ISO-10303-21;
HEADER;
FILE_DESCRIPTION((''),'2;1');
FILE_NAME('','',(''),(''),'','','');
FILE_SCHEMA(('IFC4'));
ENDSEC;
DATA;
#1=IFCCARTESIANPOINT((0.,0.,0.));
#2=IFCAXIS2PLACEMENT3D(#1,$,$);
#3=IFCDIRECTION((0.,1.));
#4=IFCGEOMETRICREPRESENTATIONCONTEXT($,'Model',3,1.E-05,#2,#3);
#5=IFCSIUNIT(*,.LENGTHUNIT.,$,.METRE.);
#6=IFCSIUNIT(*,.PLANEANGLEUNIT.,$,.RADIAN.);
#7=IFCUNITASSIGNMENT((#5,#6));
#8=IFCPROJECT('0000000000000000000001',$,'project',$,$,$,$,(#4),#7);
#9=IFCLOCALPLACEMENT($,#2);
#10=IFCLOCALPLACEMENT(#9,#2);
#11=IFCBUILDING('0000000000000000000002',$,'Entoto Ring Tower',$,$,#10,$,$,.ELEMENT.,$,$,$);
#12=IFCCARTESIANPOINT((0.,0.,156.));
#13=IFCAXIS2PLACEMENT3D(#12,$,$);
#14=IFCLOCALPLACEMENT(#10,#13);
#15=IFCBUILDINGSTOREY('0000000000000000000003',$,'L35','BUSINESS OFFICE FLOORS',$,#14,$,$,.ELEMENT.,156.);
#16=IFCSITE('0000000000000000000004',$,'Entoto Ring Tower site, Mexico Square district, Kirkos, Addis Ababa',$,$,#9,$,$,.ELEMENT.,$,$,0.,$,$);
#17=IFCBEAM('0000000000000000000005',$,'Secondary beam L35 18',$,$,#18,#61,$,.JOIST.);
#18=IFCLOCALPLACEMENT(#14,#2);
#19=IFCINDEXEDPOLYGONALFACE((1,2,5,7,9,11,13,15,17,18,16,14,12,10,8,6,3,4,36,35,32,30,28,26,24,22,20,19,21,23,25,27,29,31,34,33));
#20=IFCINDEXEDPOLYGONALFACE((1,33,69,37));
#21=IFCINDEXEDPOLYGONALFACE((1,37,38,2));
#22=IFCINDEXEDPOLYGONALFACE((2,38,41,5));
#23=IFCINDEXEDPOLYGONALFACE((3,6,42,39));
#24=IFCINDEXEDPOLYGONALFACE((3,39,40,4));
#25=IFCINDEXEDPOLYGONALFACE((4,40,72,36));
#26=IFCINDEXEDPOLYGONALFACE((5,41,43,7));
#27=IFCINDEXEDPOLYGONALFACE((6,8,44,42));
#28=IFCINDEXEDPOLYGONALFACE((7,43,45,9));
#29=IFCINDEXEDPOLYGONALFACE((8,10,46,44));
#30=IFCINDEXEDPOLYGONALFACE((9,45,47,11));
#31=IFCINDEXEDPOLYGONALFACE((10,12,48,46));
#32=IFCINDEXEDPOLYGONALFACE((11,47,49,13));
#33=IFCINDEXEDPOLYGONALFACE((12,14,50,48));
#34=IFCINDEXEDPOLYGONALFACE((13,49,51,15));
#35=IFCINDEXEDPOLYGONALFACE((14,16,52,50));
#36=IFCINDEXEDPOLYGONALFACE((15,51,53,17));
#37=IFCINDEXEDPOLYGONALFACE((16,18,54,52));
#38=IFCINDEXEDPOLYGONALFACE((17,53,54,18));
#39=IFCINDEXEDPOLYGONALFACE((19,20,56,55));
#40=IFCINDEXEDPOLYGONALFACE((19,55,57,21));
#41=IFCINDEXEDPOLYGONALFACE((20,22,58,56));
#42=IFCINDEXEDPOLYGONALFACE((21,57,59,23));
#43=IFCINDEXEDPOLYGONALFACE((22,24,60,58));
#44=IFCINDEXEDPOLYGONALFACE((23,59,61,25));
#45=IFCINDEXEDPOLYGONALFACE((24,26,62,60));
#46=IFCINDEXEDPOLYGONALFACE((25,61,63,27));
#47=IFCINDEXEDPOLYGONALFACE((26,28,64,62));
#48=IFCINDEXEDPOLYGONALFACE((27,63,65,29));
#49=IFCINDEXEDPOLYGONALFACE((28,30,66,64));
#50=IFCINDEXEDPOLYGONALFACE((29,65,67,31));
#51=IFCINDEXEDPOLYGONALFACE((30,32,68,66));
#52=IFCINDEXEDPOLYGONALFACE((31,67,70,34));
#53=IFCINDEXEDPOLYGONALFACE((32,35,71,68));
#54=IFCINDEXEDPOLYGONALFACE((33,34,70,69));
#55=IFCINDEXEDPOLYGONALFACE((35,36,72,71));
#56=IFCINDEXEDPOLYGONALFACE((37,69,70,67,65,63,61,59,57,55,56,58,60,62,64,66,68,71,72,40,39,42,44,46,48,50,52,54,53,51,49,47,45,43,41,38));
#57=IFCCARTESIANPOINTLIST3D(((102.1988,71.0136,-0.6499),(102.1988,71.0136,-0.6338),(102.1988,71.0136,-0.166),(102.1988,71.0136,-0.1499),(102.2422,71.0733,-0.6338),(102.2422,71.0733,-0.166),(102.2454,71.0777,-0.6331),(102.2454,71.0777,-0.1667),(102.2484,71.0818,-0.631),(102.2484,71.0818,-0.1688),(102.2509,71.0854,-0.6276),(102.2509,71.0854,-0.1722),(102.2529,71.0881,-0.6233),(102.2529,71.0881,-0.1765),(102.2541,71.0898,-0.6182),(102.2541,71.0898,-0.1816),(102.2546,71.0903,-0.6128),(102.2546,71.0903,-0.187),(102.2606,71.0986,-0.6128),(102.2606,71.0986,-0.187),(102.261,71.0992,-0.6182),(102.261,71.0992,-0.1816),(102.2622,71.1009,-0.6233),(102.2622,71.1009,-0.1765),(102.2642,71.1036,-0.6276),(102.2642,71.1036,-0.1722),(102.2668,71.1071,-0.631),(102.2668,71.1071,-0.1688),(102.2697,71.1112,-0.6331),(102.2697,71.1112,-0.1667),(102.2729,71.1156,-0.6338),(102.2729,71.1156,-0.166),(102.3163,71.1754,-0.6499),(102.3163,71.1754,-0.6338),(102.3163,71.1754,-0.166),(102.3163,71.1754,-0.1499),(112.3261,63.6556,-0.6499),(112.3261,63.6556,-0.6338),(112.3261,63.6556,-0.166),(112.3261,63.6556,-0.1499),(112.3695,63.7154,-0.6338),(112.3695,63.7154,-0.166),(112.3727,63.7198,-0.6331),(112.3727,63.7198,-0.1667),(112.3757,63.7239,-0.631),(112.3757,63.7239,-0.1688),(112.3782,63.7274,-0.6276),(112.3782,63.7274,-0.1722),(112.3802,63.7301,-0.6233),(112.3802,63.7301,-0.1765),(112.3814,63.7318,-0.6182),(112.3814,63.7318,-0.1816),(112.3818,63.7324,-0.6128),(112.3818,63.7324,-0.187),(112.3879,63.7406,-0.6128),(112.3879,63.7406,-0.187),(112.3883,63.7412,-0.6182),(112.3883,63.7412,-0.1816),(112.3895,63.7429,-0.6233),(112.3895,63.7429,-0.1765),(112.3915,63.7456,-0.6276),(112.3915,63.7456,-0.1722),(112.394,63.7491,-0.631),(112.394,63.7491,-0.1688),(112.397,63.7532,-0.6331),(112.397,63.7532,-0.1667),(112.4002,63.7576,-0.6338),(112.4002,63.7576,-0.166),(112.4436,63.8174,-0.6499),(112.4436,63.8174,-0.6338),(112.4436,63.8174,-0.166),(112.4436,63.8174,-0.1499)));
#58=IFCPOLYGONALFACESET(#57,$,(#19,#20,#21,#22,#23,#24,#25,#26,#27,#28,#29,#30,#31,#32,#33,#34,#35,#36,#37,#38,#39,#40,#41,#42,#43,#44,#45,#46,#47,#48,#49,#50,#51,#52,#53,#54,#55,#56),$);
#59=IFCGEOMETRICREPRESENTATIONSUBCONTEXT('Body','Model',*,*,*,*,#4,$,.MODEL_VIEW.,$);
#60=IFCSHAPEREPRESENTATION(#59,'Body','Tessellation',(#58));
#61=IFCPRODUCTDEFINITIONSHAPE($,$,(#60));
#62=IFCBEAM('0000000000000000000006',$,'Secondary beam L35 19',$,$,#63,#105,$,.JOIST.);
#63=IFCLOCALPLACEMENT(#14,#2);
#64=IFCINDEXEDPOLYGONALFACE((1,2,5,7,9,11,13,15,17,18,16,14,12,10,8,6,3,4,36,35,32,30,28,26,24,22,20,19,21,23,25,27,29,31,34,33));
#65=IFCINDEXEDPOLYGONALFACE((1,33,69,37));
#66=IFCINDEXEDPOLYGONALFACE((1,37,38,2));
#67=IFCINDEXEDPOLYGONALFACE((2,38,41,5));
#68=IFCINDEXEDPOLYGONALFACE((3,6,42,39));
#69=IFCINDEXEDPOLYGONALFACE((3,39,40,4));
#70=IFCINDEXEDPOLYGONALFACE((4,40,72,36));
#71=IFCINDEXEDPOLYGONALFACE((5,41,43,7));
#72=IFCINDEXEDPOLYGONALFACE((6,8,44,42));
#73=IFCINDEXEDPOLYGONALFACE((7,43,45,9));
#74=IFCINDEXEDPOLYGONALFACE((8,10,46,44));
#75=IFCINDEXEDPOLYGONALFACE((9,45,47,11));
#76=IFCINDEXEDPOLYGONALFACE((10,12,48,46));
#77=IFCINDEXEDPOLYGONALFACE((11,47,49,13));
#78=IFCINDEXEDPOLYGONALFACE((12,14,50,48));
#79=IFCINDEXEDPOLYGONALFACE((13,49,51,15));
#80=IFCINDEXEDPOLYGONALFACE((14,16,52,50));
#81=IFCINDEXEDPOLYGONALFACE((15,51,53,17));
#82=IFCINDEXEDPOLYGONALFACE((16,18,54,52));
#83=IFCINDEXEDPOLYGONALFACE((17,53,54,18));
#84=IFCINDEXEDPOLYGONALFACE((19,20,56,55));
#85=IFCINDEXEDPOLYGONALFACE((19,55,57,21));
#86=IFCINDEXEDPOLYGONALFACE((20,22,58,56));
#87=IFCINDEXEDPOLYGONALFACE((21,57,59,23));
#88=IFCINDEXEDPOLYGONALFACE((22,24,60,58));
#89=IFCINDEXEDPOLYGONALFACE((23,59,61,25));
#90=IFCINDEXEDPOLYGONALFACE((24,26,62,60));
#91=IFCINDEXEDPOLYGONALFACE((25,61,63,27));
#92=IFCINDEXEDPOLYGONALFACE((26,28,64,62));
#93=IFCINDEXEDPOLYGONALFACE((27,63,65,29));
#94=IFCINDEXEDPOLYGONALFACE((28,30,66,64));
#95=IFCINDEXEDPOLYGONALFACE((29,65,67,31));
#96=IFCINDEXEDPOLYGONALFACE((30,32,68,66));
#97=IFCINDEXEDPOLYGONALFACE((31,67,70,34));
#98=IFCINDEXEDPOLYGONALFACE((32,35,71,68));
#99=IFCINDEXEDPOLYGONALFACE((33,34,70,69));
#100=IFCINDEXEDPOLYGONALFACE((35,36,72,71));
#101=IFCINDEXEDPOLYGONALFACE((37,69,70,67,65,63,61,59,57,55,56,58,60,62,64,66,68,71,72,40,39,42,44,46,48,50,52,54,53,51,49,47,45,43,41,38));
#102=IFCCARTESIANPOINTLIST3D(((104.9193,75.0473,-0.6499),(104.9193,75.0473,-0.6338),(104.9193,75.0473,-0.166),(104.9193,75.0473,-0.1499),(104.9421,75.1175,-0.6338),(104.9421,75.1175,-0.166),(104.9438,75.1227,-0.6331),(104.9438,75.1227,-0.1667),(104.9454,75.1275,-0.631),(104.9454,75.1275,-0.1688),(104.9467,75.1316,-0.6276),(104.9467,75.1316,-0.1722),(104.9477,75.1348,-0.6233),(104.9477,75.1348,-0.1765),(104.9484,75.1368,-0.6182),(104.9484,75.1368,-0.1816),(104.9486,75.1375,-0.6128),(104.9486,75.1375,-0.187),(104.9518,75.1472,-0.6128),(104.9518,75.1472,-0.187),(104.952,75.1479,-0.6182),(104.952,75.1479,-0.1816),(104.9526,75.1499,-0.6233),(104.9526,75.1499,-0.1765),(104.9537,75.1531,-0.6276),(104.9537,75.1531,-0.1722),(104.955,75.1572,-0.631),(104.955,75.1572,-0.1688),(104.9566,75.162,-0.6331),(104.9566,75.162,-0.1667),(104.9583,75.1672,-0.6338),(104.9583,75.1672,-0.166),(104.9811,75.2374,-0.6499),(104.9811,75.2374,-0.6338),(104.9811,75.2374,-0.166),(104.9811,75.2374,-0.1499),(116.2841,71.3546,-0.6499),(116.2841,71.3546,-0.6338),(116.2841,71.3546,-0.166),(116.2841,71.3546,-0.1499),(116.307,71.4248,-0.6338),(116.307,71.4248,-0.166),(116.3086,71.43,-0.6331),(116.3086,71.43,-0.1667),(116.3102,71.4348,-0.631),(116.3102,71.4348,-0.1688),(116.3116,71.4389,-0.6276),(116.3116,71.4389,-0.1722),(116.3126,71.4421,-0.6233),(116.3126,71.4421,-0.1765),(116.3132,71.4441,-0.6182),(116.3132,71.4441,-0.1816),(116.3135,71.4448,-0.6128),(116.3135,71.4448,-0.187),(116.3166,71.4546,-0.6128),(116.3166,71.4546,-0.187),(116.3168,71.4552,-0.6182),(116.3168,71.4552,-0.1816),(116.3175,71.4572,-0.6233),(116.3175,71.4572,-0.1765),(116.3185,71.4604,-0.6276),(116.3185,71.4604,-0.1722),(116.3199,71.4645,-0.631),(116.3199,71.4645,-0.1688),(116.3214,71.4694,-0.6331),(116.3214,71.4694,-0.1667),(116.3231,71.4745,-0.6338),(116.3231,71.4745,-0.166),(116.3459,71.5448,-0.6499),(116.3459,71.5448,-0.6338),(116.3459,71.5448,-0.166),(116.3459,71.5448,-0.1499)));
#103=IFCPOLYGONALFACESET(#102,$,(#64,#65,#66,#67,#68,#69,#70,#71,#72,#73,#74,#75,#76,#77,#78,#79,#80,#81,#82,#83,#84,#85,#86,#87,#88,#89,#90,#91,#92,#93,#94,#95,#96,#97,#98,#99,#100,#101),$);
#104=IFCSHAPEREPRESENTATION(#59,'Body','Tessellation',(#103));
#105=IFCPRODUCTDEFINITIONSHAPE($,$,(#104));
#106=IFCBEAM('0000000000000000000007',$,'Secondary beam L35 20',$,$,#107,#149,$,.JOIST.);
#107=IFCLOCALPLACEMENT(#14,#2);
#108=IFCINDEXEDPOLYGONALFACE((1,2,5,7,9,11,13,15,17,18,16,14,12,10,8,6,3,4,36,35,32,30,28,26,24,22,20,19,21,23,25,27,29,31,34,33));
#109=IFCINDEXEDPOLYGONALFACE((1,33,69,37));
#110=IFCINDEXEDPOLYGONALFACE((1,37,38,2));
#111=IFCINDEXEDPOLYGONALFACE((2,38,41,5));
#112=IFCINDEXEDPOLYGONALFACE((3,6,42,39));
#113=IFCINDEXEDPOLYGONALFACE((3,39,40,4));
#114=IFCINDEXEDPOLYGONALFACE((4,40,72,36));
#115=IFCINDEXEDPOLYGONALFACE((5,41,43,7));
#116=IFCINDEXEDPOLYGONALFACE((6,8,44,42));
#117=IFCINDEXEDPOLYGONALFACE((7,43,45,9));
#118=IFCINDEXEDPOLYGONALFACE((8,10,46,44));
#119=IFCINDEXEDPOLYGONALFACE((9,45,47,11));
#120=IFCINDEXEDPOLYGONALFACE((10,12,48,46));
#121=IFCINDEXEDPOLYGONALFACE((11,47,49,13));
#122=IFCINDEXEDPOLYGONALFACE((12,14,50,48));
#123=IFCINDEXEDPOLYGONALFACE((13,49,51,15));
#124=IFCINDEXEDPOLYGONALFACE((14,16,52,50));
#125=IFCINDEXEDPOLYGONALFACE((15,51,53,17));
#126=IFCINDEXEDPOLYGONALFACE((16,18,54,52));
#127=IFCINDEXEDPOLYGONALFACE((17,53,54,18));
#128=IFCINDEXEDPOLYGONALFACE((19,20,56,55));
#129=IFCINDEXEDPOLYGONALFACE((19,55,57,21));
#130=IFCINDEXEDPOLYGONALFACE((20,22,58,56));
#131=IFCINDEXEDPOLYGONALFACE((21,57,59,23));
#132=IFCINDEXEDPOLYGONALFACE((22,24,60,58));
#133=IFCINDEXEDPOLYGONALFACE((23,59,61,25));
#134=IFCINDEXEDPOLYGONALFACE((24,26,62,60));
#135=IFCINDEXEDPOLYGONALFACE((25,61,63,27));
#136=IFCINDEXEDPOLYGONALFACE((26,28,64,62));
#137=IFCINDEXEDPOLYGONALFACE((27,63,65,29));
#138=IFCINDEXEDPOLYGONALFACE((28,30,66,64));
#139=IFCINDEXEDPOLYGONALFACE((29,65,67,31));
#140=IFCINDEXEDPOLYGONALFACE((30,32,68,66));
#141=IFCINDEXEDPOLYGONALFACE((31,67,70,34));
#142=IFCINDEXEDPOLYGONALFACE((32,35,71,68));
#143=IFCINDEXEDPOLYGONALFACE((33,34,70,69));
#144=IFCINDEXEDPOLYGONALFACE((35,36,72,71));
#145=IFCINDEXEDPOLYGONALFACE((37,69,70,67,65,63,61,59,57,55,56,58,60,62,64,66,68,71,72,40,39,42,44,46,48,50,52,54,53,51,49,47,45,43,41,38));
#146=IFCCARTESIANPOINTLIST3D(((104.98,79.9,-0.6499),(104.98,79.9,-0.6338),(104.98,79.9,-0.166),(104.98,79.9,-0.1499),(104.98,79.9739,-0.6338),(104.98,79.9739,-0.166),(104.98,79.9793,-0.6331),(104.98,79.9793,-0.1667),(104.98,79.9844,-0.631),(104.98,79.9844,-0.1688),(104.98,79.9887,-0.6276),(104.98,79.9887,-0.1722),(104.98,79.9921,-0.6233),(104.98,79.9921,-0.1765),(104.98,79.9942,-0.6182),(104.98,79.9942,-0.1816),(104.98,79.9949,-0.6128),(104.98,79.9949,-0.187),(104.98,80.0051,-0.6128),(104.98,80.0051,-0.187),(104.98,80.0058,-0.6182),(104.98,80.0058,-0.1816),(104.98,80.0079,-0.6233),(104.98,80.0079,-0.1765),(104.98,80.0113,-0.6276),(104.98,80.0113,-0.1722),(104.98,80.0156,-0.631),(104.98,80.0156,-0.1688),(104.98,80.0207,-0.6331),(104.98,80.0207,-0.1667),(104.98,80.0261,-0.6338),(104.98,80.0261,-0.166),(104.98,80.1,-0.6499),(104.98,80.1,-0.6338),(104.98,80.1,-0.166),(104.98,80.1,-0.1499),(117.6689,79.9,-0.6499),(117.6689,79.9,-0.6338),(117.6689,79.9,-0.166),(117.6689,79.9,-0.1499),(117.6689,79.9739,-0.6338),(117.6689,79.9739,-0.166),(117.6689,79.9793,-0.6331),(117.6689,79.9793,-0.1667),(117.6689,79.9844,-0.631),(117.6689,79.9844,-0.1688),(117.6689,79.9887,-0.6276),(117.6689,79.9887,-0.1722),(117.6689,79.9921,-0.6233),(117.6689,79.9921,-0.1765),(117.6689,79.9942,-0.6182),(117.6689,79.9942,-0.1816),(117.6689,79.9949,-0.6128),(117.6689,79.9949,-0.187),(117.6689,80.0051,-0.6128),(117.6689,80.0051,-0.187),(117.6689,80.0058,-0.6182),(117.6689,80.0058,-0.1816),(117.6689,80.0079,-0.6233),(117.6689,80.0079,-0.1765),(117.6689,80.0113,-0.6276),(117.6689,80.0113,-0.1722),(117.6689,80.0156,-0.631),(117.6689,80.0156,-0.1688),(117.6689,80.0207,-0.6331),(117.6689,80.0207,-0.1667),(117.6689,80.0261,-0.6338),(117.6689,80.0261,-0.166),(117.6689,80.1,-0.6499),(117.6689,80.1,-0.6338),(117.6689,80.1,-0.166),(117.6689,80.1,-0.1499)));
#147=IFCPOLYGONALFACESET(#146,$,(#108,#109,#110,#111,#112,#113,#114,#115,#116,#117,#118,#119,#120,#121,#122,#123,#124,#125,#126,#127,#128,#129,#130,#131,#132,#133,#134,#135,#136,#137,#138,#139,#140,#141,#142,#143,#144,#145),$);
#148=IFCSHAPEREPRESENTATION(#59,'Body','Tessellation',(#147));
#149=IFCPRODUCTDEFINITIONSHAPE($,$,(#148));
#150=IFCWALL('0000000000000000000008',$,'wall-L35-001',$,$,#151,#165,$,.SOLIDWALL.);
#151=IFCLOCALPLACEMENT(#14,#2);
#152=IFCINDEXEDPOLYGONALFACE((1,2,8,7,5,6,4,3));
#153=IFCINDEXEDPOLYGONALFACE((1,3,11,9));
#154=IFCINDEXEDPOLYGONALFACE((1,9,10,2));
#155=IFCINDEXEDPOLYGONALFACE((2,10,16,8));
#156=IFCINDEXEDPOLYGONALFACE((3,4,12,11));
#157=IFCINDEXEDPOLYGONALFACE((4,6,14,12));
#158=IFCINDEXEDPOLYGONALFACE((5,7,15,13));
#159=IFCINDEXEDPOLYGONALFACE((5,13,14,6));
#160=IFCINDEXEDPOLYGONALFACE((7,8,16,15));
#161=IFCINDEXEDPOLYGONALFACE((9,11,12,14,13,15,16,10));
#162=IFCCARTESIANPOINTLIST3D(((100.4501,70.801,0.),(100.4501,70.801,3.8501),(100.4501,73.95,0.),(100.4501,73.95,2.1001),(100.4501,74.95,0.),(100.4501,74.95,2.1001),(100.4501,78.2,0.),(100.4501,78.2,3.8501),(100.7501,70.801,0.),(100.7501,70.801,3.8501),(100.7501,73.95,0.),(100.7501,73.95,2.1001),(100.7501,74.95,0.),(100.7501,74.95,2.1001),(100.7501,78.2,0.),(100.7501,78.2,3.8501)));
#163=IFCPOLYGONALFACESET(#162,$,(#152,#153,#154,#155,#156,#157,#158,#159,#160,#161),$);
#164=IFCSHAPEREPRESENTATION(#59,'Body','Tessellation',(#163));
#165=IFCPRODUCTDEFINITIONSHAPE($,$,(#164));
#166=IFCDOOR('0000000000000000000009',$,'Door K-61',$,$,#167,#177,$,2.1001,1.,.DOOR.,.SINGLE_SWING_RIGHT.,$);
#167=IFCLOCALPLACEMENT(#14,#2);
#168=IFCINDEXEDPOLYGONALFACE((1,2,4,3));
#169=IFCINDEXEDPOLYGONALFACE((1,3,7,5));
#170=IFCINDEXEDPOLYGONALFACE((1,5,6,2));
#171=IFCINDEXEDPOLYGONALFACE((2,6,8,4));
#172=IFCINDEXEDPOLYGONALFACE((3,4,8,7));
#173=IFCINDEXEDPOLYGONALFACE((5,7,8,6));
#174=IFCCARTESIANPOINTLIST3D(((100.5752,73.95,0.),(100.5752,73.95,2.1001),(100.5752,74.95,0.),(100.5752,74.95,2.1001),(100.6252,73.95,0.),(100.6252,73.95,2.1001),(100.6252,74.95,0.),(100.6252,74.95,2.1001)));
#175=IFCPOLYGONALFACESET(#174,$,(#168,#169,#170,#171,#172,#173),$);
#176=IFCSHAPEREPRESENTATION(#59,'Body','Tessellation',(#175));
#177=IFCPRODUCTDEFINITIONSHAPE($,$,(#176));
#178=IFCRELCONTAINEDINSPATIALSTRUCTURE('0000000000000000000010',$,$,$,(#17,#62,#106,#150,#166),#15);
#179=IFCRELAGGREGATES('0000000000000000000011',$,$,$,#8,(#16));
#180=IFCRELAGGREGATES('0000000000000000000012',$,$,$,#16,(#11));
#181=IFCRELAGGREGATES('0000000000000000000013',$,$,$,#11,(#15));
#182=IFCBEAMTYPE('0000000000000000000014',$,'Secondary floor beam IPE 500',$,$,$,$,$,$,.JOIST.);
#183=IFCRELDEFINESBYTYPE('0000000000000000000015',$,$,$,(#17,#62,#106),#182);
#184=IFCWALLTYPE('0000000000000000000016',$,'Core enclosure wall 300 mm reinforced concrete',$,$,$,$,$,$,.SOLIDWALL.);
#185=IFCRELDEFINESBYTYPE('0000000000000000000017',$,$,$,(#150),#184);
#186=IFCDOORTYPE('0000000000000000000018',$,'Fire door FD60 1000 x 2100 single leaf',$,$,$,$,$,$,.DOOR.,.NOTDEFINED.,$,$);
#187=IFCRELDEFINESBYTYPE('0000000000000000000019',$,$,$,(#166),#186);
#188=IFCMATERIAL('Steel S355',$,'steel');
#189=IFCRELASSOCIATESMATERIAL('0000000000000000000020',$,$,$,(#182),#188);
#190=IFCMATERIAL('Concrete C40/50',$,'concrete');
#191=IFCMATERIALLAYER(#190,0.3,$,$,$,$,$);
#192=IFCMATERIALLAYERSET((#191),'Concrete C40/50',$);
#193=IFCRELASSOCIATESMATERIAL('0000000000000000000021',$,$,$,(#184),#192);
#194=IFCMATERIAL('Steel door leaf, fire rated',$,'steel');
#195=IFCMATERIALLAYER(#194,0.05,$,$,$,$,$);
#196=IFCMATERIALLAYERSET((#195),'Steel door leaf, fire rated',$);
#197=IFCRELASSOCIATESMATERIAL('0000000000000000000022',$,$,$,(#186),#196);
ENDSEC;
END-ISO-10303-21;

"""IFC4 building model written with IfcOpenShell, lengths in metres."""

from ifc_helpers import new_model, si_unit, direction, frame, frame_2d, origin, origin_2d, place, context, subcontext, project, spatial, rectangle, i_section, extrude, material, layer, layer_set, material_profile, profile_set, type_object, element, fill, save


model = new_model("IFC4")

# Units and contexts
model_context = context("Model", 3, precision=1e-05, world=origin(), true_north=direction((0.0, 1.0)))
body_context = subcontext(model_context, "Body", "Model", "MODEL_VIEW")
ifc_project = project(units=[si_unit("LENGTHUNIT", "METRE"), si_unit("PLANEANGLEUNIT", "RADIAN")], contexts=[model_context])

# Site, building, storey
site_placement = place(None, origin())
site = spatial("IfcSite", under=ifc_project, at=site_placement, Name="Entoto Ring Tower site, Mexico Square district, Kirkos, Addis Ababa", CompositionType="ELEMENT", RefElevation=0.0)
building_placement = place(site_placement, origin())
building = spatial("IfcBuilding", under=site, at=building_placement, Name="Entoto Ring Tower", CompositionType="ELEMENT")
storey_placement = place(building_placement, frame((0.0, 0.0, 156.0)))
storey = spatial("IfcBuildingStorey", under=building, at=storey_placement, Name="L35", Description="BUSINESS OFFICE FLOORS", CompositionType="ELEMENT", Elevation=156.0)

# Beams
ifc_material_1 = material(Name="Steel S355", Category="steel")
ifc_material_profile_1 = material_profile(ifc_material_1, i_section(OverallWidth=0.2, OverallDepth=0.5, WebThickness=0.0103, FlangeThickness=0.0161, FilletRadius=0.021, at=origin_2d()), Name="IPE 500")
ifc_profile_set_1 = profile_set([ifc_material_profile_1], Name="Steel S355")
beam_type_1 = type_object("IfcBeamType", Name="Secondary floor beam IPE 500", PredefinedType="JOIST", material=ifc_profile_set_1)
for number, where, z_axis, x_axis, name in (
    (1, (102.2576, 71.0945, -0.3999), (0.809014, -0.587789, 0.0), (0.587789, 0.809014, 0.0), "Secondary beam L35 18"),
):
    element("IfcBeam", number, at=place(storey_placement, frame(where, z_axis=z_axis, x_axis=x_axis)), inside=storey, type_object=beam_type_1, Name=name, PredefinedType="JOIST", context=body_context, shape_type="SweptSolid", body=[
        extrude(i_section(OverallWidth=0.2, OverallDepth=0.5, WebThickness=0.0103, FlangeThickness=0.0161, FilletRadius=0.021, at=origin_2d()), origin(), (0.0, 0.0, 1.0), 12.5181),
    ])
beam_1_placement = place(storey_placement, frame((104.9502, 75.1423, -0.3999), z_axis=(0.951057, -0.309017, 0.0), x_axis=(0.309017, 0.951057, 0.0)))
element("IfcBeam", 2, at=beam_1_placement, inside=storey, type_object=beam_type_1, Name="Secondary beam L35 19", PredefinedType="JOIST", context=body_context, shape_type="SweptSolid", body=[
    extrude(i_section(OverallWidth=0.2, OverallDepth=0.5, WebThickness=0.0103, FlangeThickness=0.0161, FilletRadius=0.021, at=origin_2d()), origin(), (0.0, 0.0, 1.0), 11.9497),
])
beam_2_placement = place(storey_placement, frame((104.98, 80.0, -0.3999), z_axis=(1.0, 0.0, 0.0), x_axis=(0.0, 1.0, 0.0)))
element("IfcBeam", 3, at=beam_2_placement, inside=storey, type_object=beam_type_1, Name="Secondary beam L35 20", PredefinedType="JOIST", context=body_context, shape_type="SweptSolid", body=[
    extrude(i_section(OverallWidth=0.2, OverallDepth=0.5, WebThickness=0.0103, FlangeThickness=0.0161, FilletRadius=0.021, at=origin_2d()), origin(), (0.0, 0.0, 1.0), 12.689),
])

# Wall, opening, door
ifc_material_2 = material(Name="Concrete C40/50", Category="concrete")
ifc_layer_1 = layer(ifc_material_2, 0.3)
ifc_layer_set_1 = layer_set([ifc_layer_1], Name="Concrete C40/50")
wall_type_1 = type_object("IfcWallType", Name="Core enclosure wall 300 mm reinforced concrete", PredefinedType="SOLIDWALL", material=ifc_layer_set_1)
wall_1_placement = place(storey_placement, frame((100.6001, 70.801, 0.0), z_axis=(0.0, 0.0, 1.0), x_axis=(0.0, 1.0, 0.0)))
wall_1 = element("IfcWall", 4, at=wall_1_placement, inside=storey, type_object=wall_type_1, Name="wall-L35-001", PredefinedType="SOLIDWALL", context=body_context, shape_type="SweptSolid", body=[
    extrude(rectangle(XDim=7.3989, YDim=0.3, at=frame_2d((3.6995, 0.0))), origin(), (0.0, 0.0, 1.0), 3.8501),
])
opening_1_placement = place(wall_1_placement, frame((3.1489, 0.0, 0.0)))
opening_1 = element("IfcOpeningElement", 5, at=opening_1_placement, cuts=wall_1, PredefinedType="OPENING", context=body_context, shape_type="SweptSolid", body=[
    extrude(rectangle(XDim=1.0, YDim=2.1001, at=frame_2d((0.5, 1.05))), frame((0.0, 0.1602, 0.0), z_axis=(0.0, -1.0, 0.0), x_axis=(1.0, 0.0, 0.0)), (0.0, 0.0, 1.0), 0.3201),
])
ifc_material_3 = material(Name="Steel door leaf, fire rated", Category="steel")
ifc_layer_2 = layer(ifc_material_3, 0.05)
ifc_layer_set_2 = layer_set([ifc_layer_2], Name="Steel door leaf, fire rated")
door_type_1 = type_object("IfcDoorType", Name="Fire door FD60 1000 x 2100 single leaf", OperationType="NOTDEFINED", PredefinedType="DOOR", material=ifc_layer_set_2)
door_1_placement = place(opening_1_placement, origin())
door_1 = element("IfcDoor", 6, at=door_1_placement, inside=storey, type_object=door_type_1, Name="Door K-61", OperationType="SINGLE_SWING_RIGHT", OverallHeight=2.1001, OverallWidth=1.0, PredefinedType="DOOR", context=body_context, shape_type="SweptSolid", body=[
    extrude(rectangle(XDim=1.0, YDim=2.1001, at=frame_2d((0.5, 1.05))), frame((0.0, 0.0249, 0.0), z_axis=(0.0, -1.0, 0.0), x_axis=(1.0, 0.0, 0.0)), (0.0, 0.0, 1.0), 0.05),
])
fill(opening_1, door_1)

save(model, "model.ifc")
